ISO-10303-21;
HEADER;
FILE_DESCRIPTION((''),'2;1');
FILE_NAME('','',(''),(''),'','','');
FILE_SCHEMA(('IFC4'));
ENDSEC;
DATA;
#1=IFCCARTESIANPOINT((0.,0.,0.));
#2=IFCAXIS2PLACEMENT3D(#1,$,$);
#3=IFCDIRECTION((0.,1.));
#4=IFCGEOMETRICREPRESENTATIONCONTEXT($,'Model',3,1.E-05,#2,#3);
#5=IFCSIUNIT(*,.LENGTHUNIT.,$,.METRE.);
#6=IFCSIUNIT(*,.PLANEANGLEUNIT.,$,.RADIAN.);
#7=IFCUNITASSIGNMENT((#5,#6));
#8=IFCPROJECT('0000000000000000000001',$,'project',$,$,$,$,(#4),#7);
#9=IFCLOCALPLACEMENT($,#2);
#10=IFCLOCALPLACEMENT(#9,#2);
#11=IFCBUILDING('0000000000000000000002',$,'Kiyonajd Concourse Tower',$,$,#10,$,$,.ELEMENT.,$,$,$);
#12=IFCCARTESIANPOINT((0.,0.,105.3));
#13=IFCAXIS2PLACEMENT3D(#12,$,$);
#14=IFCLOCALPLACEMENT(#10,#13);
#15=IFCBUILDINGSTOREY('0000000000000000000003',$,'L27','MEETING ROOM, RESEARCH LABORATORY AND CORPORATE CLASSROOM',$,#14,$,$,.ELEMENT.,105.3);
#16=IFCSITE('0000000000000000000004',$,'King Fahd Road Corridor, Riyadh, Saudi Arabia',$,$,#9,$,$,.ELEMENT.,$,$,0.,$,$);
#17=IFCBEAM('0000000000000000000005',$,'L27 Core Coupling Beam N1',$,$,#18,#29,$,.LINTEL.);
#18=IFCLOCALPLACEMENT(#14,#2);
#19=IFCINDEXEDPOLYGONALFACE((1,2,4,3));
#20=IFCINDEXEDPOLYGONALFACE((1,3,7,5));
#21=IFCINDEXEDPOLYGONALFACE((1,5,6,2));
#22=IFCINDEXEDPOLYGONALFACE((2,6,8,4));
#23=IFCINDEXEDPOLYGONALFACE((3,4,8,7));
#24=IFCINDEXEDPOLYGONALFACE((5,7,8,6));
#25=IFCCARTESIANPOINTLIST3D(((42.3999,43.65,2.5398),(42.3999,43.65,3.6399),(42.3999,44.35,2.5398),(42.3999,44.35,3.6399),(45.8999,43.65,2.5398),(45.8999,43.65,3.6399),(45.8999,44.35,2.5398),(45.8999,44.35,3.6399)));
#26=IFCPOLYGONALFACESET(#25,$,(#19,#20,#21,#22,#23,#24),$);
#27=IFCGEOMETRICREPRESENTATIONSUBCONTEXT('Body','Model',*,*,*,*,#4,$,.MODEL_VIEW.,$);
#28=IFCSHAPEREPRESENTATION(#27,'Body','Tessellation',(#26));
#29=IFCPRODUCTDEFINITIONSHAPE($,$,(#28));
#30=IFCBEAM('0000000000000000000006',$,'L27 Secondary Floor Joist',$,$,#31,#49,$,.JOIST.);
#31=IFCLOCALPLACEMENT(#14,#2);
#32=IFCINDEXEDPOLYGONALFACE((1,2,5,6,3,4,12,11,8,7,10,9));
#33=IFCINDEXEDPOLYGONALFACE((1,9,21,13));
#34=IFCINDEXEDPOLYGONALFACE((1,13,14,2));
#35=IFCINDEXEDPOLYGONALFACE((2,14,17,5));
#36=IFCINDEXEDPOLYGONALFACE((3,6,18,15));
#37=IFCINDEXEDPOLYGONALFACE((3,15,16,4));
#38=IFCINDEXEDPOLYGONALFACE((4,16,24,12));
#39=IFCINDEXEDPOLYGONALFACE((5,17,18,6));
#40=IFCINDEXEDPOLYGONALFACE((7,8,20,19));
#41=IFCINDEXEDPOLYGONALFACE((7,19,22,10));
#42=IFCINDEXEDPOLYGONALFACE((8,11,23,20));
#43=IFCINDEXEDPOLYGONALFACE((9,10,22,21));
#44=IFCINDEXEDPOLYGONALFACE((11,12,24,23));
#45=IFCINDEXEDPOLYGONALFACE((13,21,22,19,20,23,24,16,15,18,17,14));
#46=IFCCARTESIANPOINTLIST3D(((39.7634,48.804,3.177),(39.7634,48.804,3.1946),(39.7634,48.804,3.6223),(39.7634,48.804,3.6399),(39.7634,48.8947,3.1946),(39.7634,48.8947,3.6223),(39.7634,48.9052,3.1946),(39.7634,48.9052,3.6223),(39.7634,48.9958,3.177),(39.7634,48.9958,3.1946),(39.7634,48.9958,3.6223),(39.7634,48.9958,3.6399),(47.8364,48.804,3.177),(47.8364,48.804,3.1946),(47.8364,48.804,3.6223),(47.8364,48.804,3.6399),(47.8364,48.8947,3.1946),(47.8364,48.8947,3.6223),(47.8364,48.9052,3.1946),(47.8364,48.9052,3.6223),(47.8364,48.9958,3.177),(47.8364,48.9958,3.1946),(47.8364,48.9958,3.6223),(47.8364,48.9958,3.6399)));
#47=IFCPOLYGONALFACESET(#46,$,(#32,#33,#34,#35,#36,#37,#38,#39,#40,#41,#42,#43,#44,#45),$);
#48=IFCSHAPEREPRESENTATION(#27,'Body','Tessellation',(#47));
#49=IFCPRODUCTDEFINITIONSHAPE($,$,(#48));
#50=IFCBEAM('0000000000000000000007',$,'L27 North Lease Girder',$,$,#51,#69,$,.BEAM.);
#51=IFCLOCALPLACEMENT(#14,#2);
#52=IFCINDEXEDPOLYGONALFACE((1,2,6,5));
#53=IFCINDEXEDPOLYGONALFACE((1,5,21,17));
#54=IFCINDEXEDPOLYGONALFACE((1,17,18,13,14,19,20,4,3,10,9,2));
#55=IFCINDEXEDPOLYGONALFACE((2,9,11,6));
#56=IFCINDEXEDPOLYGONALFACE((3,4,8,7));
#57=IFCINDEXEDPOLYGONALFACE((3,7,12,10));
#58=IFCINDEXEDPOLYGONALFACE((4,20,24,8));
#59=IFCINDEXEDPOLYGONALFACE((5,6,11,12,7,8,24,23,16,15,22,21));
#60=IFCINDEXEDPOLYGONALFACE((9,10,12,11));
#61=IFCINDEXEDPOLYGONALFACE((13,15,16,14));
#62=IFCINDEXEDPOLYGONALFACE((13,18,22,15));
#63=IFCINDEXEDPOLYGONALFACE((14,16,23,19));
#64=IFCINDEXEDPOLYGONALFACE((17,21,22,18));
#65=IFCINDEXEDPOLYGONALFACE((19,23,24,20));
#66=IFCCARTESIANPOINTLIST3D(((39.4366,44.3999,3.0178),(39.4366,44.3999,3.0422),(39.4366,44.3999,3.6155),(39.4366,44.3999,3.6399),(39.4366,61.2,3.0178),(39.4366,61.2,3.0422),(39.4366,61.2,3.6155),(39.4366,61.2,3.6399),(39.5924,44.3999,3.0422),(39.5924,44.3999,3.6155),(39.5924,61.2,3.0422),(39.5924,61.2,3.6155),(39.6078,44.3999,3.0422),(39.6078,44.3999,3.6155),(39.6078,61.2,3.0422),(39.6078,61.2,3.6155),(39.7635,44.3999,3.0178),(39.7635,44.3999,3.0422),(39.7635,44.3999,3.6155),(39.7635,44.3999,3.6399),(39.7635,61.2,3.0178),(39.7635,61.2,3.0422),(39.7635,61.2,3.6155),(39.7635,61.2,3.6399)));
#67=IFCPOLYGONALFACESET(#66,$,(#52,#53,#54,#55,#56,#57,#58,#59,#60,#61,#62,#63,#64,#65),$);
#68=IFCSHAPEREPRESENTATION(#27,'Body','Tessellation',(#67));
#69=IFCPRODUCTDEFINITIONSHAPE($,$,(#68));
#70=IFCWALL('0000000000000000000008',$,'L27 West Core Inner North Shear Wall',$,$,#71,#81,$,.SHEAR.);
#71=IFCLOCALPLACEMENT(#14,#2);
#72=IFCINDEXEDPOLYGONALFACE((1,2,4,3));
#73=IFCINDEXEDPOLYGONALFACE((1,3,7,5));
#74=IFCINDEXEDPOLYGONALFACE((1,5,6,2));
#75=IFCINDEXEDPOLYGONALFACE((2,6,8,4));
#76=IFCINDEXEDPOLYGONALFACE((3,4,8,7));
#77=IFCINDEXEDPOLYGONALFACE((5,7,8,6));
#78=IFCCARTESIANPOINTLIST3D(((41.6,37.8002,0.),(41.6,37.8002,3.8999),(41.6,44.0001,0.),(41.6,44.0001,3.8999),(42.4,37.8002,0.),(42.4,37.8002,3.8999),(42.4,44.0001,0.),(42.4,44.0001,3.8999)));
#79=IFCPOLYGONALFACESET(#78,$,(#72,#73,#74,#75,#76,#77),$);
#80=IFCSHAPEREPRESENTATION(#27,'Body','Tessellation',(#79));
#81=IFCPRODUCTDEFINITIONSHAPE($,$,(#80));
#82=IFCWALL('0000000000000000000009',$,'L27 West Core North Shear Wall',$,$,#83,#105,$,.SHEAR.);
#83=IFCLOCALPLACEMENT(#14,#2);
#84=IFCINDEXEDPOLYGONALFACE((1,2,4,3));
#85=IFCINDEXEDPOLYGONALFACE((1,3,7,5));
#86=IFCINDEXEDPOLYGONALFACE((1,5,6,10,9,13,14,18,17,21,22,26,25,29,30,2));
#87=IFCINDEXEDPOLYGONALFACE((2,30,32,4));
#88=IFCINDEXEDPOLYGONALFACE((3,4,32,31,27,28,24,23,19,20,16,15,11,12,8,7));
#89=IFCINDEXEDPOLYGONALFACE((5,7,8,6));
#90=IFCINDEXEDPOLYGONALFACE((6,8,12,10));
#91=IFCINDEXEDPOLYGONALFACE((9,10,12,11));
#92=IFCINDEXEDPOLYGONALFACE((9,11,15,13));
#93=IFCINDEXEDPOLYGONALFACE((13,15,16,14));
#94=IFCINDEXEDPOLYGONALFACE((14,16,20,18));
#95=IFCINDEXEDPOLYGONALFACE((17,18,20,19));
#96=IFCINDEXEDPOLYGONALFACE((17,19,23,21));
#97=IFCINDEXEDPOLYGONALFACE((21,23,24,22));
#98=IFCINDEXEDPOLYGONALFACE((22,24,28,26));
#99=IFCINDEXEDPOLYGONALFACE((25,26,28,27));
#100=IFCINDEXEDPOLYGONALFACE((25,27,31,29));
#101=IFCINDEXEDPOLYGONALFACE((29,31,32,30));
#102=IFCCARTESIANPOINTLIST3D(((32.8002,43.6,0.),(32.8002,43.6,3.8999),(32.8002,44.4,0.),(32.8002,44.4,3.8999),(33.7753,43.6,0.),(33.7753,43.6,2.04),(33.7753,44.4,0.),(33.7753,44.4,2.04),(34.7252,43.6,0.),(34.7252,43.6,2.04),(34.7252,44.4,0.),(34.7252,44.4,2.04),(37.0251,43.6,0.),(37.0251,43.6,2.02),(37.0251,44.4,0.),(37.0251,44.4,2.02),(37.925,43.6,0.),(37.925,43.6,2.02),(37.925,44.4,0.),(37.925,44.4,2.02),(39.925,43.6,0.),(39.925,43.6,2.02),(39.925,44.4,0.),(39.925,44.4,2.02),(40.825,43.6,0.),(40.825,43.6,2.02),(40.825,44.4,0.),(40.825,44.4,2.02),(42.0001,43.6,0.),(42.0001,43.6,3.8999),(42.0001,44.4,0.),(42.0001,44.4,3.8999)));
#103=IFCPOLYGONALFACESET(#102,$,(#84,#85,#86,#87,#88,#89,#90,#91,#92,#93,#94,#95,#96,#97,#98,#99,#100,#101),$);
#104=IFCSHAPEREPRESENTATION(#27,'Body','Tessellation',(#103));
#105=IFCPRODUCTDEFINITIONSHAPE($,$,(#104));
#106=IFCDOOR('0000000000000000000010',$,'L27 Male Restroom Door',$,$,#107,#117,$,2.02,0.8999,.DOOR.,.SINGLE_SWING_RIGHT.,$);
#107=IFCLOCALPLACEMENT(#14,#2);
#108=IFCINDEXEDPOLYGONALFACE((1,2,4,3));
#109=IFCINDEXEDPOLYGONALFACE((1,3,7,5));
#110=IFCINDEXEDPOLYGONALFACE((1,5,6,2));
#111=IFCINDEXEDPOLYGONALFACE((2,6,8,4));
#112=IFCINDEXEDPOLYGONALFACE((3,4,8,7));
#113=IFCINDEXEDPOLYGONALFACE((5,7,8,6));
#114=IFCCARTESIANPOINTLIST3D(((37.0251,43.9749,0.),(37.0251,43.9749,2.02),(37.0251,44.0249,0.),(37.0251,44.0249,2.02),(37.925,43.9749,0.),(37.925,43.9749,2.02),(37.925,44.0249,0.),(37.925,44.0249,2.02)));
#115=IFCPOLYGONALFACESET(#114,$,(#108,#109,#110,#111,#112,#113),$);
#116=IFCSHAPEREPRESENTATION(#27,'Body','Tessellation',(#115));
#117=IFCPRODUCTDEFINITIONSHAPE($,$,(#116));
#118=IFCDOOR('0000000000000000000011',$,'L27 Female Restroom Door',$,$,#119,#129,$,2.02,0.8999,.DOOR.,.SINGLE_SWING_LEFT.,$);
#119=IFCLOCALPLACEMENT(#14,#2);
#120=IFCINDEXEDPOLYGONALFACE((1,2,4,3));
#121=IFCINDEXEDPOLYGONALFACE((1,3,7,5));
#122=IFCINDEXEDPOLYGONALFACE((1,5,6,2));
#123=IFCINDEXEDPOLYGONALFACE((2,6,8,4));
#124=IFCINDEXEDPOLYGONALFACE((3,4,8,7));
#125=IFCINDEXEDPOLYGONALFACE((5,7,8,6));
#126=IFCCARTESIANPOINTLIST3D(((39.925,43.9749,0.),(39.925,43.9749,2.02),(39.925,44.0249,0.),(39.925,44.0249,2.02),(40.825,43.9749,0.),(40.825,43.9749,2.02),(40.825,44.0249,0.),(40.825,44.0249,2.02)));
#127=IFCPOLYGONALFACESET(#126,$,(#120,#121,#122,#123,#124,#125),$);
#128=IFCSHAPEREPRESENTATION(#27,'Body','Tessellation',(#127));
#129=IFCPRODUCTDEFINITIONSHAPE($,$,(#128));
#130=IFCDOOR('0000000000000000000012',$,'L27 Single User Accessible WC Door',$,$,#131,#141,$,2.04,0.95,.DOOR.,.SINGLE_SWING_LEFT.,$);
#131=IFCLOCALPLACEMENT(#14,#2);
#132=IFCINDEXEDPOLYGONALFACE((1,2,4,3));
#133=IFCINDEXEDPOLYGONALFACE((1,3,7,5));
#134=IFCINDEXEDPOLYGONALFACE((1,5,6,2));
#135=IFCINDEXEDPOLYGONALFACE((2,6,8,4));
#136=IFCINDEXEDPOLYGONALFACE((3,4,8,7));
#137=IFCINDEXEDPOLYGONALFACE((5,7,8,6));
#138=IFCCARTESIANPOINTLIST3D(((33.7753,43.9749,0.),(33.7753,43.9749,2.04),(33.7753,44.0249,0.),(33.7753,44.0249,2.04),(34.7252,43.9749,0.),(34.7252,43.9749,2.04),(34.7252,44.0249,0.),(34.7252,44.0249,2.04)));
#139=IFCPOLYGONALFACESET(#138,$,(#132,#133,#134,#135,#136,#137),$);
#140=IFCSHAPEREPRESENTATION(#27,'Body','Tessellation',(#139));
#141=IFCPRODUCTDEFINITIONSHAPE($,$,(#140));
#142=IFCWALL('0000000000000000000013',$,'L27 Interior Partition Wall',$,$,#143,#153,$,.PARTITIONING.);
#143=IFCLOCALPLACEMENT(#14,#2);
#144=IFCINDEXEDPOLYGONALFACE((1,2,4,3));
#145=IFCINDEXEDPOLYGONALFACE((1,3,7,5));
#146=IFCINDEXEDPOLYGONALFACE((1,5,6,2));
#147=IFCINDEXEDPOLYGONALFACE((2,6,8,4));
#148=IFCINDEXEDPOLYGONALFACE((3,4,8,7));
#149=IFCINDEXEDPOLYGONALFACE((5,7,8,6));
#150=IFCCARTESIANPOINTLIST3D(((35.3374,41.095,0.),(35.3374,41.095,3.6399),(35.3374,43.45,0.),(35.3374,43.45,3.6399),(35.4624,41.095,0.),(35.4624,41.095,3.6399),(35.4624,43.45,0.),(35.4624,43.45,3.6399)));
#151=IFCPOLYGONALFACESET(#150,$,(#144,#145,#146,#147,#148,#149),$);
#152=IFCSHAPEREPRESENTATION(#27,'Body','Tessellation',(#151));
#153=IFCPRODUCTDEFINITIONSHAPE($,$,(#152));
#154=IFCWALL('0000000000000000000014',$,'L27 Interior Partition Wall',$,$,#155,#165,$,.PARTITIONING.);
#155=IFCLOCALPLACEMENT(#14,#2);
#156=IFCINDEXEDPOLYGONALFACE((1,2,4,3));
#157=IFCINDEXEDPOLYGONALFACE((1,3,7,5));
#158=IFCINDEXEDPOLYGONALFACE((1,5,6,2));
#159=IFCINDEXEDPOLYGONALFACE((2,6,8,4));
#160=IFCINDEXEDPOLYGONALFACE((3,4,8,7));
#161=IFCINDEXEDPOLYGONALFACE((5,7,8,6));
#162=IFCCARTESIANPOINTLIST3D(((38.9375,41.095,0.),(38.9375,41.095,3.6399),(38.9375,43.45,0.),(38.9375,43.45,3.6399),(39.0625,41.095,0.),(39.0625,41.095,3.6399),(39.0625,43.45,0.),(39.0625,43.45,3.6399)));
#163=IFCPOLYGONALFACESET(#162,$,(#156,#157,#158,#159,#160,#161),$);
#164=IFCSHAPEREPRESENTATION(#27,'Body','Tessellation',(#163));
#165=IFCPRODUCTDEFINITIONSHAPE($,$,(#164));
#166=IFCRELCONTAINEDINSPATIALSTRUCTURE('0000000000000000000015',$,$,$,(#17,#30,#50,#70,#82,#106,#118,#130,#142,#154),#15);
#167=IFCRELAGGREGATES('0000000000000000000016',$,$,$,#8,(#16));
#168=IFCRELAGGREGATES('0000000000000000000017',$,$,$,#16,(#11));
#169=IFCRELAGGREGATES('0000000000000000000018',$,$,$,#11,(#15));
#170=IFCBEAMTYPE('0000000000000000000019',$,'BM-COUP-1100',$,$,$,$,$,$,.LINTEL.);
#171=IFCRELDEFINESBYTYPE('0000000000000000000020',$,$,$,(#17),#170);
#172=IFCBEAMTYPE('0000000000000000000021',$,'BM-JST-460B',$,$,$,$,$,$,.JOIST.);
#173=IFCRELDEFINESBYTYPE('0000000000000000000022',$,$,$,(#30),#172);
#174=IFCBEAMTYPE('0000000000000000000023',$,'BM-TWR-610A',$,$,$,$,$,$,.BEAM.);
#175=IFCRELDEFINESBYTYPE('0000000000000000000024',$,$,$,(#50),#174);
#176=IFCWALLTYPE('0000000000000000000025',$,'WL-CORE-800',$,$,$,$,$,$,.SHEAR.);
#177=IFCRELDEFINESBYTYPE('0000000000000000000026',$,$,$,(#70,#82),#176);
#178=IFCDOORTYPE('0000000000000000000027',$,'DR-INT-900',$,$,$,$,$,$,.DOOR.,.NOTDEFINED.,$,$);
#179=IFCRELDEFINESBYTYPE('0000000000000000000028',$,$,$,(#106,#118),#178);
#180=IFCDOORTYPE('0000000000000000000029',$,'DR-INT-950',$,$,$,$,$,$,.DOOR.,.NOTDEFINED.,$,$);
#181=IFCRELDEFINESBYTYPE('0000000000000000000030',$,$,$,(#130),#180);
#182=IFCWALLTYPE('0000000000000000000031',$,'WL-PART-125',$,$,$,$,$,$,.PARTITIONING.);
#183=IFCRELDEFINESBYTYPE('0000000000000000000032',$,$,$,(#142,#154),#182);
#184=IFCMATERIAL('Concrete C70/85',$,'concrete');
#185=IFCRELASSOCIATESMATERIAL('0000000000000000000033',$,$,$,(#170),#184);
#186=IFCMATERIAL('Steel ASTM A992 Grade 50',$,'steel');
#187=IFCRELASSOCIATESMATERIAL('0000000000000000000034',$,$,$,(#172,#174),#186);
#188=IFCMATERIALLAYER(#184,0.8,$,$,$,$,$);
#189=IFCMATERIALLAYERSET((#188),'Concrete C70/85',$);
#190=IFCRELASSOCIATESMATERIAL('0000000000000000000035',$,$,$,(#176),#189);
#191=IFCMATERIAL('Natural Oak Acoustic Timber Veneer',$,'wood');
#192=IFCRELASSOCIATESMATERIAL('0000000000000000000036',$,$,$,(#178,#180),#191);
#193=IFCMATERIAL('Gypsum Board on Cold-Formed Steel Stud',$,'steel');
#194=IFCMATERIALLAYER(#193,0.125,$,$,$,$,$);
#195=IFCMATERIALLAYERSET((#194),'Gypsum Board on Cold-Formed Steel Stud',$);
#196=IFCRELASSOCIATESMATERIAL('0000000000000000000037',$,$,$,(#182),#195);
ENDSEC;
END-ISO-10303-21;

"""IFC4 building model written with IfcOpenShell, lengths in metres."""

from ifc_helpers import new_model, si_unit, direction, frame, frame_2d, origin, origin_2d, place, context, subcontext, project, spatial, rectangle, i_section, extrude, material, layer, layer_set, material_profile, profile_set, type_object, element, fill, save


model = new_model("IFC4")

# Units and contexts
model_context = context("Model", 3, precision=1e-05, world=origin(), true_north=direction((0.0, 1.0)))
body_context = subcontext(model_context, "Body", "Model", "MODEL_VIEW")
ifc_project = project(units=[si_unit("LENGTHUNIT", "METRE"), si_unit("PLANEANGLEUNIT", "RADIAN")], contexts=[model_context])

# Site, building, storey
site_placement = place(None, origin())
site = spatial("IfcSite", under=ifc_project, at=site_placement, Name="King Fahd Road Corridor, Riyadh, Saudi Arabia", CompositionType="ELEMENT", RefElevation=0.0)
building_placement = place(site_placement, origin())
building = spatial("IfcBuilding", under=site, at=building_placement, Name="Kiyonajd Concourse Tower", CompositionType="ELEMENT")
storey_placement = place(building_placement, frame((0.0, 0.0, 105.3)))
storey = spatial("IfcBuildingStorey", under=building, at=storey_placement, Name="L27", Description="MEETING ROOM, RESEARCH LABORATORY AND CORPORATE CLASSROOM", CompositionType="ELEMENT", Elevation=105.3)

# Beams
ifc_material_1 = material(Name="Concrete C70/85", Category="concrete")
ifc_material_profile_1 = material_profile(ifc_material_1, rectangle(XDim=0.7, YDim=1.1001, at=origin_2d()), Name="RCBM-700x1100")
ifc_profile_set_1 = profile_set([ifc_material_profile_1], Name="Concrete C70/85")
beam_type_1 = type_object("IfcBeamType", Name="BM-COUP-1100", PredefinedType="LINTEL", material=ifc_profile_set_1)
beam_1_placement = place(storey_placement, frame((42.3999, 44.0, 3.0898), z_axis=(1.0, 0.0, 0.0), x_axis=(0.0, 1.0, 0.0)))
element("IfcBeam", 1, at=beam_1_placement, inside=storey, type_object=beam_type_1, Name="L27 Core Coupling Beam N1", PredefinedType="LINTEL", context=body_context, shape_type="SweptSolid", body=[
    extrude(rectangle(XDim=0.7, YDim=1.1001, at=origin_2d()), origin(), (0.0, 0.0, 1.0), 3.5),
])
ifc_material_2 = material(Name="Steel ASTM A992 Grade 50", Category="steel")
ifc_material_profile_2 = material_profile(ifc_material_2, i_section(OverallWidth=0.1919, OverallDepth=0.4629, WebThickness=0.0105, FlangeThickness=0.0176, at=origin_2d()), Name="W460X89")
ifc_profile_set_2 = profile_set([ifc_material_profile_2], Name="Steel ASTM A992 Grade 50")
beam_type_2 = type_object("IfcBeamType", Name="BM-JST-460B", PredefinedType="JOIST", material=ifc_profile_set_2)
beam_2_placement = place(storey_placement, frame((39.7634, 48.8999, 3.4084), z_axis=(1.0, 0.0, 0.0), x_axis=(0.0, 1.0, 0.0)))
element("IfcBeam", 2, at=beam_2_placement, inside=storey, type_object=beam_type_2, Name="L27 Secondary Floor Joist", PredefinedType="JOIST", context=body_context, shape_type="SweptSolid", body=[
    extrude(i_section(OverallWidth=0.1919, OverallDepth=0.4629, WebThickness=0.0105, FlangeThickness=0.0176, at=origin_2d()), origin(), (0.0, 0.0, 1.0), 8.073),
])
ifc_material_profile_3 = material_profile(ifc_material_2, i_section(OverallWidth=0.3269, OverallDepth=0.6221, WebThickness=0.0154, FlangeThickness=0.0244, at=origin_2d()), Name="W610X195")
ifc_profile_set_3 = profile_set([ifc_material_profile_3], Name="Steel ASTM A992 Grade 50")
beam_type_3 = type_object("IfcBeamType", Name="BM-TWR-610A", PredefinedType="BEAM", material=ifc_profile_set_3)
beam_3_placement = place(storey_placement, frame((39.6001, 44.3999, 3.3289), z_axis=(0.0, 1.0, 0.0), x_axis=(-1.0, 0.0, 0.0)))
element("IfcBeam", 3, at=beam_3_placement, inside=storey, type_object=beam_type_3, Name="L27 North Lease Girder", PredefinedType="BEAM", context=body_context, shape_type="SweptSolid", body=[
    extrude(i_section(OverallWidth=0.3269, OverallDepth=0.6221, WebThickness=0.0154, FlangeThickness=0.0244, at=origin_2d()), origin(), (0.0, 0.0, 1.0), 16.8),
])

# Wall
ifc_layer_1 = layer(ifc_material_1, 0.8)
ifc_layer_set_1 = layer_set([ifc_layer_1], Name="Concrete C70/85")
wall_type_1 = type_object("IfcWallType", Name="WL-CORE-800", PredefinedType="SHEAR", material=ifc_layer_set_1)
wall_1_placement = place(storey_placement, frame((42.0, 37.8, 0.0), z_axis=(0.0, 0.0, 1.0), x_axis=(0.0, 1.0, 0.0)))
element("IfcWall", 4, at=wall_1_placement, inside=storey, type_object=wall_type_1, Name="L27 West Core Inner North Shear Wall", PredefinedType="SHEAR", context=body_context, shape_type="SweptSolid", body=[
    extrude(rectangle(XDim=6.2, YDim=0.8, at=frame_2d((3.1001, 0.0))), origin(), (0.0, 0.0, 1.0), 3.8999),
])

# Wall, openings, doors
wall_2_placement = place(storey_placement, frame((32.8, 44.0, 0.0), z_axis=(0.0, 0.0, 1.0), x_axis=(1.0, 0.0, 0.0)))
wall_2 = element("IfcWall", 5, at=wall_2_placement, inside=storey, type_object=wall_type_1, Name="L27 West Core North Shear Wall", PredefinedType="SHEAR", context=body_context, shape_type="SweptSolid", body=[
    extrude(rectangle(XDim=9.2, YDim=0.8, at=frame_2d((4.6001, 0.0))), origin(), (0.0, 0.0, 1.0), 3.8999),
])
opening_1_placement = place(wall_2_placement, frame((0.9751, 0.0, 0.0)))
opening_1 = element("IfcOpeningElement", 6, at=opening_1_placement, cuts=wall_2, PredefinedType="OPENING", context=body_context, shape_type="SweptSolid", body=[
    extrude(rectangle(XDim=0.95, YDim=2.04, at=frame_2d((0.4751, 1.02))), frame((0.0, 0.4099, 0.0), z_axis=(0.0, -1.0, 0.0), x_axis=(1.0, 0.0, 0.0)), (0.0, 0.0, 1.0), 0.8201),
])
opening_2_placement = place(wall_2_placement, frame((4.2251, 0.0, 0.0)))
opening_2 = element("IfcOpeningElement", 7, at=opening_2_placement, cuts=wall_2, PredefinedType="OPENING", context=body_context, shape_type="SweptSolid", body=[
    extrude(rectangle(XDim=0.8999, YDim=2.02, at=frame_2d((0.45, 1.01))), frame((0.0, 0.4099, 0.0), z_axis=(0.0, -1.0, 0.0), x_axis=(1.0, 0.0, 0.0)), (0.0, 0.0, 1.0), 0.8201),
])
opening_3_placement = place(wall_2_placement, frame((7.125, 0.0, 0.0)))
opening_3 = element("IfcOpeningElement", 8, at=opening_3_placement, cuts=wall_2, PredefinedType="OPENING", context=body_context, shape_type="SweptSolid", body=[
    extrude(rectangle(XDim=0.8999, YDim=2.02, at=frame_2d((0.45, 1.01))), frame((0.0, 0.4099, 0.0), z_axis=(0.0, -1.0, 0.0), x_axis=(1.0, 0.0, 0.0)), (0.0, 0.0, 1.0), 0.8201),
])
ifc_material_3 = material(Name="Natural Oak Acoustic Timber Veneer", Category="wood")
door_type_1 = type_object("IfcDoorType", Name="DR-INT-900", OperationType="NOTDEFINED", PredefinedType="DOOR", material=ifc_material_3)
door_1_placement = place(opening_2_placement, origin())
door_1 = element("IfcDoor", 9, at=door_1_placement, inside=storey, type_object=door_type_1, Name="L27 Male Restroom Door", OperationType="SINGLE_SWING_RIGHT", OverallHeight=2.02, OverallWidth=0.8999, PredefinedType="DOOR", context=body_context, shape_type="SweptSolid", body=[
    extrude(rectangle(XDim=0.8999, YDim=2.02, at=frame_2d((0.45, 1.01))), frame((0.0, 0.0249, 0.0), z_axis=(0.0, -1.0, 0.0), x_axis=(1.0, 0.0, 0.0)), (0.0, 0.0, 1.0), 0.05),
])
fill(opening_2, door_1)
door_2_placement = place(opening_3_placement, origin())
door_2 = element("IfcDoor", 10, at=door_2_placement, inside=storey, type_object=door_type_1, Name="L27 Female Restroom Door", OperationType="SINGLE_SWING_LEFT", OverallHeight=2.02, OverallWidth=0.8999, PredefinedType="DOOR", context=body_context, shape_type="SweptSolid", body=[
    extrude(rectangle(XDim=0.8999, YDim=2.02, at=frame_2d((0.45, 1.01))), frame((0.0, 0.0249, 0.0), z_axis=(0.0, -1.0, 0.0), x_axis=(1.0, 0.0, 0.0)), (0.0, 0.0, 1.0), 0.05),
])
fill(opening_3, door_2)
door_type_2 = type_object("IfcDoorType", Name="DR-INT-950", OperationType="NOTDEFINED", PredefinedType="DOOR", material=ifc_material_3)
door_3_placement = place(opening_1_placement, origin())
door_3 = element("IfcDoor", 11, at=door_3_placement, inside=storey, type_object=door_type_2, Name="L27 Single User Accessible WC Door", OperationType="SINGLE_SWING_LEFT", OverallHeight=2.04, OverallWidth=0.95, PredefinedType="DOOR", context=body_context, shape_type="SweptSolid", body=[
    extrude(rectangle(XDim=0.95, YDim=2.04, at=frame_2d((0.4751, 1.02))), frame((0.0, 0.0249, 0.0), z_axis=(0.0, -1.0, 0.0), x_axis=(1.0, 0.0, 0.0)), (0.0, 0.0, 1.0), 0.05),
])
fill(opening_1, door_3)

# Walls
ifc_material_4 = material(Name="Gypsum Board on Cold-Formed Steel Stud", Category="steel")
ifc_layer_2 = layer(ifc_material_4, 0.125)
ifc_layer_set_2 = layer_set([ifc_layer_2], Name="Gypsum Board on Cold-Formed Steel Stud")
wall_type_2 = type_object("IfcWallType", Name="WL-PART-125", PredefinedType="PARTITIONING", material=ifc_layer_set_2)
for number, where, z_axis, x_axis, name in (
    (12, (35.3999, 41.095, 0.0), (0.0, 0.0, 1.0), (0.0, 1.0, 0.0), "L27 Interior Partition Wall"),
    (13, (39.0, 41.095, 0.0), (0.0, 0.0, 1.0), (0.0, 1.0, 0.0), "L27 Interior Partition Wall"),
):
    element("IfcWall", number, at=place(storey_placement, frame(where, z_axis=z_axis, x_axis=x_axis)), inside=storey, type_object=wall_type_2, Name=name, PredefinedType="PARTITIONING", context=body_context, shape_type="SweptSolid", body=[
        extrude(rectangle(XDim=2.355, YDim=0.125, at=frame_2d((1.1775, 0.0))), origin(), (0.0, 0.0, 1.0), 3.6399),
    ])

save(model, "model.ifc")
